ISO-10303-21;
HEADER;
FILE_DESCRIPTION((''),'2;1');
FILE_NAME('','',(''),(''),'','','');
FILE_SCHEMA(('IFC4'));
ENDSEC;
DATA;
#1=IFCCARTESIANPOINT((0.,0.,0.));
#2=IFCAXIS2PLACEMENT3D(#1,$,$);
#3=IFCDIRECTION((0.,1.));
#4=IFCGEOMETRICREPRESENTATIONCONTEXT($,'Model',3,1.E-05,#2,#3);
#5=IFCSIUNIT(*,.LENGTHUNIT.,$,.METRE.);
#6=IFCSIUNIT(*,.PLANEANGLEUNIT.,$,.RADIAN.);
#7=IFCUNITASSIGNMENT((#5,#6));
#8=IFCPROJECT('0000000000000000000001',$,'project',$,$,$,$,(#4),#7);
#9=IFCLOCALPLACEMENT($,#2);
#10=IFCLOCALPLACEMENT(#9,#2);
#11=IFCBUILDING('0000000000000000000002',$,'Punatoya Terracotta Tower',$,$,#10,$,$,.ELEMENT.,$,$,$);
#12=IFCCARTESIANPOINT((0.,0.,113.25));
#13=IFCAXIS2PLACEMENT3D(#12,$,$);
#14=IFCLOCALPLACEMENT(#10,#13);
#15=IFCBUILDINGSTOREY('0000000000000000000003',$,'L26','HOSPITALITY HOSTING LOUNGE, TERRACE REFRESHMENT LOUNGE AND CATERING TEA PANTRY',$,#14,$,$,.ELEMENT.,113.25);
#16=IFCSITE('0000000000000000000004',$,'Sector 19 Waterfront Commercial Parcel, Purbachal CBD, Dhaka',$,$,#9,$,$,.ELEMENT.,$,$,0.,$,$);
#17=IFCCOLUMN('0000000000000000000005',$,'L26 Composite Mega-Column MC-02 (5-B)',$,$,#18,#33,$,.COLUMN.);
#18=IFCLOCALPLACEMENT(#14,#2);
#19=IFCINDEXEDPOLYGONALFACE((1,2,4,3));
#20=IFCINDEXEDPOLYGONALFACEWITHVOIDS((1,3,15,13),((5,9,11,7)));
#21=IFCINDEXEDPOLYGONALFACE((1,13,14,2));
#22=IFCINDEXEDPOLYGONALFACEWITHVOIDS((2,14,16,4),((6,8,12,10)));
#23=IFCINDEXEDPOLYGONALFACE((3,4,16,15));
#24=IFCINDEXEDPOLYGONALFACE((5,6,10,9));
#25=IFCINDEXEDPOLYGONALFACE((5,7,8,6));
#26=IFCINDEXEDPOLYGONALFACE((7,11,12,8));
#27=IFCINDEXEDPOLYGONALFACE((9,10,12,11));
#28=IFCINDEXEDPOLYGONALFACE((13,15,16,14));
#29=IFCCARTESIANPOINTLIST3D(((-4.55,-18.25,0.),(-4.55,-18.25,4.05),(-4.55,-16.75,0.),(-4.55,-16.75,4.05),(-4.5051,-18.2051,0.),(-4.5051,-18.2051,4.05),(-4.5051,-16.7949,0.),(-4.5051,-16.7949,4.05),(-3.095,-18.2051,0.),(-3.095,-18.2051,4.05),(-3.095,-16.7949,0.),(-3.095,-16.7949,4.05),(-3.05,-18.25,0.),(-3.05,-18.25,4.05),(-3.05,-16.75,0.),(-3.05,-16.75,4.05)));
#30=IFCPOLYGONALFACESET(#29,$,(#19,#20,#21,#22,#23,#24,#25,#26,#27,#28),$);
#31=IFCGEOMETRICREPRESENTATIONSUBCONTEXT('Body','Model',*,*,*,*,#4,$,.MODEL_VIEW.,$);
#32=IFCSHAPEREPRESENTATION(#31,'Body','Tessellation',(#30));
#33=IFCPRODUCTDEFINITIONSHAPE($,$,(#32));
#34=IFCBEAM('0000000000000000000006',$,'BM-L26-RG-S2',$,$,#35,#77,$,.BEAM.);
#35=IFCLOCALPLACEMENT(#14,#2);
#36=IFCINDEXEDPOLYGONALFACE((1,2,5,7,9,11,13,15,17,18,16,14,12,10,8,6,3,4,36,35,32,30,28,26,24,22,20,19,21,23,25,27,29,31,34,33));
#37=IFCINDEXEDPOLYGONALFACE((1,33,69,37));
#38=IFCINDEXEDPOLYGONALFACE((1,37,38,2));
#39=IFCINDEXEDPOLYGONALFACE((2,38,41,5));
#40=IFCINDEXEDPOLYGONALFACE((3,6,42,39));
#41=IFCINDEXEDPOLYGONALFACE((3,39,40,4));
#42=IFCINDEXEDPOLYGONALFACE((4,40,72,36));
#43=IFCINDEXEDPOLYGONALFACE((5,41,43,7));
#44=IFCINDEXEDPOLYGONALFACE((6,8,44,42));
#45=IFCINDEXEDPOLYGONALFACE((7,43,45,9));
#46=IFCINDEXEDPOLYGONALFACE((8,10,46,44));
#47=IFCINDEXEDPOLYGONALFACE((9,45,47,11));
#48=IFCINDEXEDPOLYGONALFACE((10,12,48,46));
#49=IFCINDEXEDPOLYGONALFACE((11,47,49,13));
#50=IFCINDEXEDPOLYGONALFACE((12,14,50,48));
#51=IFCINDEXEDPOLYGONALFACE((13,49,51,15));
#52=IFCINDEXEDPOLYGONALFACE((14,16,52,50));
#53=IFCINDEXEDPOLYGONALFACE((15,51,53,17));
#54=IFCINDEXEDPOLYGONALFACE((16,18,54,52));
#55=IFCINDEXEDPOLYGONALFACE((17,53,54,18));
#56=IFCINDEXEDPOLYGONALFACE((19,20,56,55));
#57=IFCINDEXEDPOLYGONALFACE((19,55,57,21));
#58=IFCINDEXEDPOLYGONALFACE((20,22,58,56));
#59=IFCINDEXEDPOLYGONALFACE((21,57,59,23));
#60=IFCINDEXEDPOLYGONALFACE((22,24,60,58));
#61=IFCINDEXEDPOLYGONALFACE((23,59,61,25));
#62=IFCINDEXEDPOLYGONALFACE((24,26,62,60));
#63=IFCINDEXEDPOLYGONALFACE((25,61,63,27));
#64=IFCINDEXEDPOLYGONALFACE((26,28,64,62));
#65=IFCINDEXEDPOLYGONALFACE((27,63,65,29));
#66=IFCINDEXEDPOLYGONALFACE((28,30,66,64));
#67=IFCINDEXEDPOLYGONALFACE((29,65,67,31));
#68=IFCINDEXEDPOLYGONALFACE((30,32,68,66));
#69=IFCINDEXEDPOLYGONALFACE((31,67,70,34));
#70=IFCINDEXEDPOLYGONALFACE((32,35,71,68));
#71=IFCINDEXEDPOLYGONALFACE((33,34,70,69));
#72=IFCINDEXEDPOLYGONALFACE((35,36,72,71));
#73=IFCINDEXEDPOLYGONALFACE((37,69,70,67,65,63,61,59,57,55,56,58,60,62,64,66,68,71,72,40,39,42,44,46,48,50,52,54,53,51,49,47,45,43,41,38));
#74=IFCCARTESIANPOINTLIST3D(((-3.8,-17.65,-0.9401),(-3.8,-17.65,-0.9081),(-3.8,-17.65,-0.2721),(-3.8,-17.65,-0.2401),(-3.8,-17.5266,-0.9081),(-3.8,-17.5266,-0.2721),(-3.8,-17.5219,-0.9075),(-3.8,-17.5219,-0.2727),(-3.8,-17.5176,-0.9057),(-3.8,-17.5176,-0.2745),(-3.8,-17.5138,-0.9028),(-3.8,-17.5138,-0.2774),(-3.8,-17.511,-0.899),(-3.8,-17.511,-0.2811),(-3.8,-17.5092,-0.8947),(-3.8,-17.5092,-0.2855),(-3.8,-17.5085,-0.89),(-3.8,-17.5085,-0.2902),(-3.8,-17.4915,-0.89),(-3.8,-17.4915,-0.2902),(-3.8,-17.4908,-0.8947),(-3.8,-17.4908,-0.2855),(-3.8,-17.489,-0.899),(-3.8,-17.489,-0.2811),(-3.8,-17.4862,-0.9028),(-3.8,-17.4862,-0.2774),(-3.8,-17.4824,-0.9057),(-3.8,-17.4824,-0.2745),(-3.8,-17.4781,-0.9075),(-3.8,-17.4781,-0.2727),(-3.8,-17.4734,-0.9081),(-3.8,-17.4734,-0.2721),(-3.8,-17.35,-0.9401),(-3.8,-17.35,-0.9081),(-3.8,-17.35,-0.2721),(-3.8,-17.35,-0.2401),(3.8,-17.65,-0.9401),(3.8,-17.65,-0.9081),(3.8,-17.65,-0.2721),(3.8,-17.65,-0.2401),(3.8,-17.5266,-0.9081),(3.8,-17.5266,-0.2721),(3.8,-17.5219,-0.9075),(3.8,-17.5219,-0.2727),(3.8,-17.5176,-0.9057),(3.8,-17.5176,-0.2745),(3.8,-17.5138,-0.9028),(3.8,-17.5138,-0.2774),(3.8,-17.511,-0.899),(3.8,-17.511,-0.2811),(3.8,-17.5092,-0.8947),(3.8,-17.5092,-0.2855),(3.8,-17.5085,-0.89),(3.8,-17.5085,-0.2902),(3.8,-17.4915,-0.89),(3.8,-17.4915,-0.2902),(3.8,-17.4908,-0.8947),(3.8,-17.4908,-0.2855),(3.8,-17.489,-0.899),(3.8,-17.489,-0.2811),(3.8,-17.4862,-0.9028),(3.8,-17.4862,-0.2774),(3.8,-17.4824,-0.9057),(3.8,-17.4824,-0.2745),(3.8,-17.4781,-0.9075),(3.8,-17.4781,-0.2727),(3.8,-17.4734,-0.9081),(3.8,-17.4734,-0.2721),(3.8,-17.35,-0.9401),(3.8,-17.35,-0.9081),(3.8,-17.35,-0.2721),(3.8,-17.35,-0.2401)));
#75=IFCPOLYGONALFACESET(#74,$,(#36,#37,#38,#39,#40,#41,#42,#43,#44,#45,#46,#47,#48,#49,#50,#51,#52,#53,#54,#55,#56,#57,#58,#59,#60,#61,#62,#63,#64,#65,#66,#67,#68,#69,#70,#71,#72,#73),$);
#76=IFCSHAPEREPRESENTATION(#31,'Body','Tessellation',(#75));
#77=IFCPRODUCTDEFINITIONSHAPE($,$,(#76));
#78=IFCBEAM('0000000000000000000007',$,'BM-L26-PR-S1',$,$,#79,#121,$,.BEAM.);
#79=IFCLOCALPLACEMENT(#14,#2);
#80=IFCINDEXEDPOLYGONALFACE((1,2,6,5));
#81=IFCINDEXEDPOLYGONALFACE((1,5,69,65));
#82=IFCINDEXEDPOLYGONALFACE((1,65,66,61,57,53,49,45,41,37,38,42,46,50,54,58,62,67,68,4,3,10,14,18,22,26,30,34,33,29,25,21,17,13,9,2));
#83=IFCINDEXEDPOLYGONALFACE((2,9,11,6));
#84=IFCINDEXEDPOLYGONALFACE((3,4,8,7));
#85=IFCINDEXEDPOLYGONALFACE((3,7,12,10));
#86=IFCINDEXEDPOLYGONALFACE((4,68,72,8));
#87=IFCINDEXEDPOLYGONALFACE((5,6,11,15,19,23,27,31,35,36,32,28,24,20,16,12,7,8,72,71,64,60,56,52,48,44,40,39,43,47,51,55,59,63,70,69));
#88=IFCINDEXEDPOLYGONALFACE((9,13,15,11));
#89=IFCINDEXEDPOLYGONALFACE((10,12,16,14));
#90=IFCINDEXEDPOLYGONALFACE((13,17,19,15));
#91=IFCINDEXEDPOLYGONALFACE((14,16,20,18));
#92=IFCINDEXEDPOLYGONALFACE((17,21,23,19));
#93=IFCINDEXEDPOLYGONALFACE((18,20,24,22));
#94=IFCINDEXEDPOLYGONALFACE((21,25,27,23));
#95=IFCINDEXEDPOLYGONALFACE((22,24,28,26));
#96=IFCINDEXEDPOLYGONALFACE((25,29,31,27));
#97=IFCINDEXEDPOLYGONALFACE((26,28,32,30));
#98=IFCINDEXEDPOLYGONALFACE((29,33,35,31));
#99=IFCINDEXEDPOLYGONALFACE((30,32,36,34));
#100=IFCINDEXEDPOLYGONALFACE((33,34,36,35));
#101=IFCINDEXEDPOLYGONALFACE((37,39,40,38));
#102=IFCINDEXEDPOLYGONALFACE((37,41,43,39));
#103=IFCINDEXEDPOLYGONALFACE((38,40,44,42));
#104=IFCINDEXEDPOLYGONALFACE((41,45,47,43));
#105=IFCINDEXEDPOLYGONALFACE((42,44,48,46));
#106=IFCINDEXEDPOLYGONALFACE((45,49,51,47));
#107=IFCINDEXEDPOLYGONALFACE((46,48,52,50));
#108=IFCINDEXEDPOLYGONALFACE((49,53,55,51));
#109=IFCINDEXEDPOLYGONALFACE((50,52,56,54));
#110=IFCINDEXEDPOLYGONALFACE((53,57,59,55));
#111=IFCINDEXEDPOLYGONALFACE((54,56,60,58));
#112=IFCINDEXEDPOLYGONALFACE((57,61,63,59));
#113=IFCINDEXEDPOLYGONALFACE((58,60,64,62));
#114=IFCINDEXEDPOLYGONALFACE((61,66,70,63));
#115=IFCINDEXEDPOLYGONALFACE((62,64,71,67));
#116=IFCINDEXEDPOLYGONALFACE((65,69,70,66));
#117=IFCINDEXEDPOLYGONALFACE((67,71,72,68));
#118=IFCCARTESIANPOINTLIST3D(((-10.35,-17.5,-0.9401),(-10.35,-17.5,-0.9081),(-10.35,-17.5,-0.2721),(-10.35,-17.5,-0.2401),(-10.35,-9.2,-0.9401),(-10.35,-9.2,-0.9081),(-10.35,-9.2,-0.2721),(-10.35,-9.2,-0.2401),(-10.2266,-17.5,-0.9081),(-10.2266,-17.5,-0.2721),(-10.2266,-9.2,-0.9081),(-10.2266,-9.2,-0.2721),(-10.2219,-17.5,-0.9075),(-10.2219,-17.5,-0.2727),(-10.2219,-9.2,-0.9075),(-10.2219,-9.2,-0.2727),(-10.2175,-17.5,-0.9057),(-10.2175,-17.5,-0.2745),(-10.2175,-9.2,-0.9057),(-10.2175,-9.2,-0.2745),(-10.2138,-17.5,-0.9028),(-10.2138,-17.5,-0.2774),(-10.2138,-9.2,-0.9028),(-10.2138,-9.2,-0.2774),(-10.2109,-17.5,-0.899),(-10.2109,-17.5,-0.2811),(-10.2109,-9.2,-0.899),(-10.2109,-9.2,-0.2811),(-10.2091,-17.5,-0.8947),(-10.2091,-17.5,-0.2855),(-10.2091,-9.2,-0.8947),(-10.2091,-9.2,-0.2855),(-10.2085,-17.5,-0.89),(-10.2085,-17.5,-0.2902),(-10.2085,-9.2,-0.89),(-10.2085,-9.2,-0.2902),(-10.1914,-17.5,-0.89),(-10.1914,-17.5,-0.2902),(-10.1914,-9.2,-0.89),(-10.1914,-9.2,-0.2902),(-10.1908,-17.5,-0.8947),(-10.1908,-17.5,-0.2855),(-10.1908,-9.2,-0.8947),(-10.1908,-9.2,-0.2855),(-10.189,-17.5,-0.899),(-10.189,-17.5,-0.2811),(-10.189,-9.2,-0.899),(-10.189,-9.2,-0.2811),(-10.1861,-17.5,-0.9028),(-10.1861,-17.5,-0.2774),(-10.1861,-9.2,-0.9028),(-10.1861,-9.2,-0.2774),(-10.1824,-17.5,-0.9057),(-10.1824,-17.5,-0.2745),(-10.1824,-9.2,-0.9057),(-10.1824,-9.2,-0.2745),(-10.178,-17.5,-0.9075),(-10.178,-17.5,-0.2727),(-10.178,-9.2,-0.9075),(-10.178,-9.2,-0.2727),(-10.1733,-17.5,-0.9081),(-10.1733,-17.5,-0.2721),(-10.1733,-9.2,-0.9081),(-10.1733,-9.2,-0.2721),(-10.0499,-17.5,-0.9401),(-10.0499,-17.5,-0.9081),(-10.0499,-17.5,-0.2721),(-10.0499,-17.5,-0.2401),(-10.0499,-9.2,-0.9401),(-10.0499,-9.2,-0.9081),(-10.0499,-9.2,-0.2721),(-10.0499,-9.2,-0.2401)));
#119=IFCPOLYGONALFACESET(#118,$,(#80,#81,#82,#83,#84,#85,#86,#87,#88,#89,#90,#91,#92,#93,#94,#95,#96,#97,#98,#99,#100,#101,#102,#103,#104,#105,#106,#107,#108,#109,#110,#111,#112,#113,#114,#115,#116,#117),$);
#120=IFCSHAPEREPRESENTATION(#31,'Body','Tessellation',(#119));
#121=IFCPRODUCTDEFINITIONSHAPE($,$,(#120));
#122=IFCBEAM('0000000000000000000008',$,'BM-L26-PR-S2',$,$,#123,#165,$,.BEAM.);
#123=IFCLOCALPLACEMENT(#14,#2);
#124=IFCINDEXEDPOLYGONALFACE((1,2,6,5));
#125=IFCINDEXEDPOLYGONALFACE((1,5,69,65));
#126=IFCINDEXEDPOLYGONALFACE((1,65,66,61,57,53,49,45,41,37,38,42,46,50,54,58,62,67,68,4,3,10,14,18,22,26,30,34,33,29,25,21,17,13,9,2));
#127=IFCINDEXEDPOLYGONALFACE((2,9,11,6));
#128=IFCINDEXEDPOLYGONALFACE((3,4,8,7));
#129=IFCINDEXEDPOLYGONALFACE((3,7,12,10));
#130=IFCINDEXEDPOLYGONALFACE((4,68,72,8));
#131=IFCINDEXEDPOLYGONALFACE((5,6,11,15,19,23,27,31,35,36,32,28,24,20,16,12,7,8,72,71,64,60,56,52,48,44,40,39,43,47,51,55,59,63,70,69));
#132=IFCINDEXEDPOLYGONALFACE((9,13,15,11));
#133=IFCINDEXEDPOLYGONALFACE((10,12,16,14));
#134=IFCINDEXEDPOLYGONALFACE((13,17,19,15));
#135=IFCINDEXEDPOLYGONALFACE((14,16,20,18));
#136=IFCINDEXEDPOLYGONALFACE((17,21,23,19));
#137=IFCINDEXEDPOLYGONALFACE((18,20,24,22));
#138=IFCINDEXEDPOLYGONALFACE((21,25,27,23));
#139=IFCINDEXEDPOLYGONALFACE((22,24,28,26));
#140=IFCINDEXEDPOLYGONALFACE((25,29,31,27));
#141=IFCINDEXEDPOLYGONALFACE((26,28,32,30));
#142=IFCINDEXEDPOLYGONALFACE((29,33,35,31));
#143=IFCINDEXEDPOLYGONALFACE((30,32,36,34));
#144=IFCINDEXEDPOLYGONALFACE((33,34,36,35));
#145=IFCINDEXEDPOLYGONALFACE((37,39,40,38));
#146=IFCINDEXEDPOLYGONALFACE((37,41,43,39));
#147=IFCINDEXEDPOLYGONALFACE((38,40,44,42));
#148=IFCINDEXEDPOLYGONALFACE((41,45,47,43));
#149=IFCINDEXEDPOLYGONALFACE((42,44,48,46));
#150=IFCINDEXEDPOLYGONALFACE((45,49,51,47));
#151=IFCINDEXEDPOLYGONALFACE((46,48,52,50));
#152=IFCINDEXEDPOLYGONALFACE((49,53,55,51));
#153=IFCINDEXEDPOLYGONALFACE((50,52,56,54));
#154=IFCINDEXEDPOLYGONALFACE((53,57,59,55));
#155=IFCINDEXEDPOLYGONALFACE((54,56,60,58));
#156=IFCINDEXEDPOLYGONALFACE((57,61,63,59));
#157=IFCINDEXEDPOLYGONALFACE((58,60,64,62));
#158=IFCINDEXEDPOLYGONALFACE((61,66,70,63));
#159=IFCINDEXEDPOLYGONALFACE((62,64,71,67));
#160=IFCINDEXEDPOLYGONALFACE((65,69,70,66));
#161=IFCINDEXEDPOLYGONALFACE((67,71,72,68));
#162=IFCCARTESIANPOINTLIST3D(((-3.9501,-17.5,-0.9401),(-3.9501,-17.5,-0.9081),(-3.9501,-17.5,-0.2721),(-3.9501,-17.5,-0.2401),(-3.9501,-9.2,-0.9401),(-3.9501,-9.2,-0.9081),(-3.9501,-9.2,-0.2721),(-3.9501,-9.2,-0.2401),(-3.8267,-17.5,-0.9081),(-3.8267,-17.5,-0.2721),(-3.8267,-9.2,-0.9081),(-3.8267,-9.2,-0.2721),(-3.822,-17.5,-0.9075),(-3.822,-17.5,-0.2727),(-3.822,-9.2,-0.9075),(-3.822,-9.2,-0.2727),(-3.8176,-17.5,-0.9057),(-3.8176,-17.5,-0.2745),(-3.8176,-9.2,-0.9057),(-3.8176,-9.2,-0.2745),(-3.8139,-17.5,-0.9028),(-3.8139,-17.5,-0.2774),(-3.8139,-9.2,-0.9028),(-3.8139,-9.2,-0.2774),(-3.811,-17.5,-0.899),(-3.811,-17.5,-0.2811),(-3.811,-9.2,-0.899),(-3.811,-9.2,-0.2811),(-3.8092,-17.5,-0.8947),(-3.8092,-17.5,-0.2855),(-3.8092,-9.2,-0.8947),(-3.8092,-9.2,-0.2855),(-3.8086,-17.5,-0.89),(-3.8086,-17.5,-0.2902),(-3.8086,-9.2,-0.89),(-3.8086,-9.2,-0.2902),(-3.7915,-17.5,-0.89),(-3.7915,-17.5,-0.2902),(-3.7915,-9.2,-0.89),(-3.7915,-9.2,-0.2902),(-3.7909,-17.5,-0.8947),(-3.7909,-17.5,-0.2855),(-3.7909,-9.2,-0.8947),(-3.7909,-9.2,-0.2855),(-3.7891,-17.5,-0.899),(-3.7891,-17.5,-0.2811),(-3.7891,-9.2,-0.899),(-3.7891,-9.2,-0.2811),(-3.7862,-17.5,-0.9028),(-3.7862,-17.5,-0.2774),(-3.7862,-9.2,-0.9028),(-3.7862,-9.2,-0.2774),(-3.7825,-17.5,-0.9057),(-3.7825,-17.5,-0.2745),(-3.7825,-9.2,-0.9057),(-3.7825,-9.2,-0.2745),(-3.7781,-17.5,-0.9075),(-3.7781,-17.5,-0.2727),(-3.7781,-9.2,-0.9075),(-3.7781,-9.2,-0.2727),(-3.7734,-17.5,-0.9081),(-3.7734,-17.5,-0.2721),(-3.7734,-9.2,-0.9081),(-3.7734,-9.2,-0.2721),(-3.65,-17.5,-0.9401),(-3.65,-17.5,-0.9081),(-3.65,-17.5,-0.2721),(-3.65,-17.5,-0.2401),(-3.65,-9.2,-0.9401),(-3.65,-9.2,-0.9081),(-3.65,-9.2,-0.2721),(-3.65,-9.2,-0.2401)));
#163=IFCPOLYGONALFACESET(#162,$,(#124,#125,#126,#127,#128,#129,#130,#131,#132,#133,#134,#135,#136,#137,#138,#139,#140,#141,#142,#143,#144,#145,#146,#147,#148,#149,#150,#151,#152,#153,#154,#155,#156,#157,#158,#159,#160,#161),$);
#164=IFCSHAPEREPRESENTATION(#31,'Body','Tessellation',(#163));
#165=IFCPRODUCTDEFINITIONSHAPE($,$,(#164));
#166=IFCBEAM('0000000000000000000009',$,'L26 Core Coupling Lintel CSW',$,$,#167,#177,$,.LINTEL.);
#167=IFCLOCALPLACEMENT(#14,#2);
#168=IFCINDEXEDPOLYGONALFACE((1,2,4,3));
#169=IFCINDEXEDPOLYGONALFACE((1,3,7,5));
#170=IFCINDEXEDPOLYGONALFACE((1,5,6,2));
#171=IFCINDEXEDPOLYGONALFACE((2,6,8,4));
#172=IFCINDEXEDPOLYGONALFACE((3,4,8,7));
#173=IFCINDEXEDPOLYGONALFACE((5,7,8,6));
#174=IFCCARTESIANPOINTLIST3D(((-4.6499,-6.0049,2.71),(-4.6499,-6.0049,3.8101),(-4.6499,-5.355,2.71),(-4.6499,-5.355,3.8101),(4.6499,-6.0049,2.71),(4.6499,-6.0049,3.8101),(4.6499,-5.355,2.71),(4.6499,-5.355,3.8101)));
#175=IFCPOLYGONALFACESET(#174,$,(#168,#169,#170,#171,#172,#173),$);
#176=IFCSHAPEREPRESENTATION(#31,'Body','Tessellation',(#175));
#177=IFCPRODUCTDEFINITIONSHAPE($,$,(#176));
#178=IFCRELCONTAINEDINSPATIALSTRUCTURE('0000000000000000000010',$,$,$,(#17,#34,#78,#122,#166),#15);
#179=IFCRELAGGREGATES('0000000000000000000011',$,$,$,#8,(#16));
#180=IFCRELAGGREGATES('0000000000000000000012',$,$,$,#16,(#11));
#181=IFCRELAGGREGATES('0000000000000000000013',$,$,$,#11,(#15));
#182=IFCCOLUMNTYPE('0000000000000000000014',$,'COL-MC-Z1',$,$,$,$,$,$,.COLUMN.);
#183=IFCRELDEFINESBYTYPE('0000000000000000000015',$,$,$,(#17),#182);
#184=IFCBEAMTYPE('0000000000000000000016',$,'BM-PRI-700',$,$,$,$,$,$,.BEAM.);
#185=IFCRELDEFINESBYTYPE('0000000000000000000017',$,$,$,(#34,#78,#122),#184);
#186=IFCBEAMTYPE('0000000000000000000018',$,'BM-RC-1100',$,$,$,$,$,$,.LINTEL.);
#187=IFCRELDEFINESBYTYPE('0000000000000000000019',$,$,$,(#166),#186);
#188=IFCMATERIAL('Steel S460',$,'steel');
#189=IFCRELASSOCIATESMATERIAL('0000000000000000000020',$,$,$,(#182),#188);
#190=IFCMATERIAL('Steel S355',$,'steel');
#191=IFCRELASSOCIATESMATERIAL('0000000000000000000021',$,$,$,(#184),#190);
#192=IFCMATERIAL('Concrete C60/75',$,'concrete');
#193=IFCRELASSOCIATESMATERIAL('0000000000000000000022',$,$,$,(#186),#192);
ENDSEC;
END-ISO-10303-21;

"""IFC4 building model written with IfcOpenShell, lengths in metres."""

from ifc_helpers import new_model, si_unit, direction, frame, origin, origin_2d, place, context, subcontext, project, spatial, rectangle, hollow_rectangle, i_section, extrude, material, material_profile, profile_set, type_object, element, save


model = new_model("IFC4")

# Units and contexts
model_context = context("Model", 3, precision=1e-05, world=origin(), true_north=direction((0.0, 1.0)))
body_context = subcontext(model_context, "Body", "Model", "MODEL_VIEW")
ifc_project = project(units=[si_unit("LENGTHUNIT", "METRE"), si_unit("PLANEANGLEUNIT", "RADIAN")], contexts=[model_context])

# Site, building, storey
site_placement = place(None, origin())
site = spatial("IfcSite", under=ifc_project, at=site_placement, Name="Sector 19 Waterfront Commercial Parcel, Purbachal CBD, Dhaka", CompositionType="ELEMENT", RefElevation=0.0)
building_placement = place(site_placement, origin())
building = spatial("IfcBuilding", under=site, at=building_placement, Name="Punatoya Terracotta Tower", CompositionType="ELEMENT")
storey_placement = place(building_placement, frame((0.0, 0.0, 113.25)))
storey = spatial("IfcBuildingStorey", under=building, at=storey_placement, Name="L26", Description="HOSPITALITY HOSTING LOUNGE, TERRACE REFRESHMENT LOUNGE AND CATERING TEA PANTRY", CompositionType="ELEMENT", Elevation=113.25)

# Column
ifc_material_1 = material(Name="Steel S460", Category="steel")
ifc_material_profile_1 = material_profile(ifc_material_1, hollow_rectangle(XDim=1.5, YDim=1.5, WallThickness=0.0449, at=origin_2d()))
ifc_profile_set_1 = profile_set([ifc_material_profile_1], Name="Steel S460")
column_type = type_object("IfcColumnType", Name="COL-MC-Z1", PredefinedType="COLUMN", material=ifc_profile_set_1)
column_placement = place(storey_placement, frame((-3.8, -17.5, 0.0), z_axis=(0.0, 0.0, 1.0), x_axis=(1.0, 0.0, 0.0)))
element("IfcColumn", 1, at=column_placement, inside=storey, type_object=column_type, Name="L26 Composite Mega-Column MC-02 (5-B)", PredefinedType="COLUMN", context=body_context, shape_type="SweptSolid", body=[
    extrude(hollow_rectangle(XDim=1.5, YDim=1.5, WallThickness=0.0449, at=origin_2d()), origin(), (0.0, 0.0, 1.0), 4.05),
])

# Beams
ifc_material_2 = material(Name="Steel S355", Category="steel")
ifc_material_profile_2 = material_profile(ifc_material_2, i_section(OverallWidth=0.3, OverallDepth=0.7, WebThickness=0.0171, FlangeThickness=0.032, FilletRadius=0.0181, at=origin_2d()))
ifc_profile_set_2 = profile_set([ifc_material_profile_2], Name="Steel S355")
beam_type_1 = type_object("IfcBeamType", Name="BM-PRI-700", PredefinedType="BEAM", material=ifc_profile_set_2)
beam_1_placement = place(storey_placement, frame((-3.8, -17.5, -0.5901), z_axis=(1.0, 0.0, 0.0), x_axis=(0.0, 1.0, 0.0)))
element("IfcBeam", 2, at=beam_1_placement, inside=storey, type_object=beam_type_1, Name="BM-L26-RG-S2", PredefinedType="BEAM", context=body_context, shape_type="SweptSolid", body=[
    extrude(i_section(OverallWidth=0.3, OverallDepth=0.7, WebThickness=0.0171, FlangeThickness=0.032, FilletRadius=0.0181, at=origin_2d()), origin(), (0.0, 0.0, 1.0), 7.6001),
])
for number, where, z_axis, x_axis, name in (
    (3, (-10.2, -17.5, -0.5901), (0.0, 1.0, 0.0), (-1.0, 0.0, 0.0), "BM-L26-PR-S1"),
    (4, (-3.8, -17.5, -0.5901), (0.0, 1.0, 0.0), (-1.0, 0.0, 0.0), "BM-L26-PR-S2"),
):
    element("IfcBeam", number, at=place(storey_placement, frame(where, z_axis=z_axis, x_axis=x_axis)), inside=storey, type_object=beam_type_1, Name=name, PredefinedType="BEAM", context=body_context, shape_type="SweptSolid", body=[
        extrude(i_section(OverallWidth=0.3, OverallDepth=0.7, WebThickness=0.0171, FlangeThickness=0.032, FilletRadius=0.0181, at=origin_2d()), origin(), (0.0, 0.0, 1.0), 8.3),
    ])
ifc_material_3 = material(Name="Concrete C60/75", Category="concrete")
ifc_material_profile_3 = material_profile(ifc_material_3, rectangle(XDim=0.6499, YDim=1.1001, at=origin_2d()))
ifc_profile_set_3 = profile_set([ifc_material_profile_3], Name="Concrete C60/75")
beam_type_2 = type_object("IfcBeamType", Name="BM-RC-1100", PredefinedType="LINTEL", material=ifc_profile_set_3)
beam_2_placement = place(storey_placement, frame((-4.6499, -5.6799, 3.26), z_axis=(1.0, 0.0, 0.0), x_axis=(0.0, 1.0, 0.0)))
element("IfcBeam", 5, at=beam_2_placement, inside=storey, type_object=beam_type_2, Name="L26 Core Coupling Lintel CSW", PredefinedType="LINTEL", context=body_context, shape_type="SweptSolid", body=[
    extrude(rectangle(XDim=0.6499, YDim=1.1001, at=origin_2d()), origin(), (0.0, 0.0, 1.0), 9.2998),
])

save(model, "model.ifc")
